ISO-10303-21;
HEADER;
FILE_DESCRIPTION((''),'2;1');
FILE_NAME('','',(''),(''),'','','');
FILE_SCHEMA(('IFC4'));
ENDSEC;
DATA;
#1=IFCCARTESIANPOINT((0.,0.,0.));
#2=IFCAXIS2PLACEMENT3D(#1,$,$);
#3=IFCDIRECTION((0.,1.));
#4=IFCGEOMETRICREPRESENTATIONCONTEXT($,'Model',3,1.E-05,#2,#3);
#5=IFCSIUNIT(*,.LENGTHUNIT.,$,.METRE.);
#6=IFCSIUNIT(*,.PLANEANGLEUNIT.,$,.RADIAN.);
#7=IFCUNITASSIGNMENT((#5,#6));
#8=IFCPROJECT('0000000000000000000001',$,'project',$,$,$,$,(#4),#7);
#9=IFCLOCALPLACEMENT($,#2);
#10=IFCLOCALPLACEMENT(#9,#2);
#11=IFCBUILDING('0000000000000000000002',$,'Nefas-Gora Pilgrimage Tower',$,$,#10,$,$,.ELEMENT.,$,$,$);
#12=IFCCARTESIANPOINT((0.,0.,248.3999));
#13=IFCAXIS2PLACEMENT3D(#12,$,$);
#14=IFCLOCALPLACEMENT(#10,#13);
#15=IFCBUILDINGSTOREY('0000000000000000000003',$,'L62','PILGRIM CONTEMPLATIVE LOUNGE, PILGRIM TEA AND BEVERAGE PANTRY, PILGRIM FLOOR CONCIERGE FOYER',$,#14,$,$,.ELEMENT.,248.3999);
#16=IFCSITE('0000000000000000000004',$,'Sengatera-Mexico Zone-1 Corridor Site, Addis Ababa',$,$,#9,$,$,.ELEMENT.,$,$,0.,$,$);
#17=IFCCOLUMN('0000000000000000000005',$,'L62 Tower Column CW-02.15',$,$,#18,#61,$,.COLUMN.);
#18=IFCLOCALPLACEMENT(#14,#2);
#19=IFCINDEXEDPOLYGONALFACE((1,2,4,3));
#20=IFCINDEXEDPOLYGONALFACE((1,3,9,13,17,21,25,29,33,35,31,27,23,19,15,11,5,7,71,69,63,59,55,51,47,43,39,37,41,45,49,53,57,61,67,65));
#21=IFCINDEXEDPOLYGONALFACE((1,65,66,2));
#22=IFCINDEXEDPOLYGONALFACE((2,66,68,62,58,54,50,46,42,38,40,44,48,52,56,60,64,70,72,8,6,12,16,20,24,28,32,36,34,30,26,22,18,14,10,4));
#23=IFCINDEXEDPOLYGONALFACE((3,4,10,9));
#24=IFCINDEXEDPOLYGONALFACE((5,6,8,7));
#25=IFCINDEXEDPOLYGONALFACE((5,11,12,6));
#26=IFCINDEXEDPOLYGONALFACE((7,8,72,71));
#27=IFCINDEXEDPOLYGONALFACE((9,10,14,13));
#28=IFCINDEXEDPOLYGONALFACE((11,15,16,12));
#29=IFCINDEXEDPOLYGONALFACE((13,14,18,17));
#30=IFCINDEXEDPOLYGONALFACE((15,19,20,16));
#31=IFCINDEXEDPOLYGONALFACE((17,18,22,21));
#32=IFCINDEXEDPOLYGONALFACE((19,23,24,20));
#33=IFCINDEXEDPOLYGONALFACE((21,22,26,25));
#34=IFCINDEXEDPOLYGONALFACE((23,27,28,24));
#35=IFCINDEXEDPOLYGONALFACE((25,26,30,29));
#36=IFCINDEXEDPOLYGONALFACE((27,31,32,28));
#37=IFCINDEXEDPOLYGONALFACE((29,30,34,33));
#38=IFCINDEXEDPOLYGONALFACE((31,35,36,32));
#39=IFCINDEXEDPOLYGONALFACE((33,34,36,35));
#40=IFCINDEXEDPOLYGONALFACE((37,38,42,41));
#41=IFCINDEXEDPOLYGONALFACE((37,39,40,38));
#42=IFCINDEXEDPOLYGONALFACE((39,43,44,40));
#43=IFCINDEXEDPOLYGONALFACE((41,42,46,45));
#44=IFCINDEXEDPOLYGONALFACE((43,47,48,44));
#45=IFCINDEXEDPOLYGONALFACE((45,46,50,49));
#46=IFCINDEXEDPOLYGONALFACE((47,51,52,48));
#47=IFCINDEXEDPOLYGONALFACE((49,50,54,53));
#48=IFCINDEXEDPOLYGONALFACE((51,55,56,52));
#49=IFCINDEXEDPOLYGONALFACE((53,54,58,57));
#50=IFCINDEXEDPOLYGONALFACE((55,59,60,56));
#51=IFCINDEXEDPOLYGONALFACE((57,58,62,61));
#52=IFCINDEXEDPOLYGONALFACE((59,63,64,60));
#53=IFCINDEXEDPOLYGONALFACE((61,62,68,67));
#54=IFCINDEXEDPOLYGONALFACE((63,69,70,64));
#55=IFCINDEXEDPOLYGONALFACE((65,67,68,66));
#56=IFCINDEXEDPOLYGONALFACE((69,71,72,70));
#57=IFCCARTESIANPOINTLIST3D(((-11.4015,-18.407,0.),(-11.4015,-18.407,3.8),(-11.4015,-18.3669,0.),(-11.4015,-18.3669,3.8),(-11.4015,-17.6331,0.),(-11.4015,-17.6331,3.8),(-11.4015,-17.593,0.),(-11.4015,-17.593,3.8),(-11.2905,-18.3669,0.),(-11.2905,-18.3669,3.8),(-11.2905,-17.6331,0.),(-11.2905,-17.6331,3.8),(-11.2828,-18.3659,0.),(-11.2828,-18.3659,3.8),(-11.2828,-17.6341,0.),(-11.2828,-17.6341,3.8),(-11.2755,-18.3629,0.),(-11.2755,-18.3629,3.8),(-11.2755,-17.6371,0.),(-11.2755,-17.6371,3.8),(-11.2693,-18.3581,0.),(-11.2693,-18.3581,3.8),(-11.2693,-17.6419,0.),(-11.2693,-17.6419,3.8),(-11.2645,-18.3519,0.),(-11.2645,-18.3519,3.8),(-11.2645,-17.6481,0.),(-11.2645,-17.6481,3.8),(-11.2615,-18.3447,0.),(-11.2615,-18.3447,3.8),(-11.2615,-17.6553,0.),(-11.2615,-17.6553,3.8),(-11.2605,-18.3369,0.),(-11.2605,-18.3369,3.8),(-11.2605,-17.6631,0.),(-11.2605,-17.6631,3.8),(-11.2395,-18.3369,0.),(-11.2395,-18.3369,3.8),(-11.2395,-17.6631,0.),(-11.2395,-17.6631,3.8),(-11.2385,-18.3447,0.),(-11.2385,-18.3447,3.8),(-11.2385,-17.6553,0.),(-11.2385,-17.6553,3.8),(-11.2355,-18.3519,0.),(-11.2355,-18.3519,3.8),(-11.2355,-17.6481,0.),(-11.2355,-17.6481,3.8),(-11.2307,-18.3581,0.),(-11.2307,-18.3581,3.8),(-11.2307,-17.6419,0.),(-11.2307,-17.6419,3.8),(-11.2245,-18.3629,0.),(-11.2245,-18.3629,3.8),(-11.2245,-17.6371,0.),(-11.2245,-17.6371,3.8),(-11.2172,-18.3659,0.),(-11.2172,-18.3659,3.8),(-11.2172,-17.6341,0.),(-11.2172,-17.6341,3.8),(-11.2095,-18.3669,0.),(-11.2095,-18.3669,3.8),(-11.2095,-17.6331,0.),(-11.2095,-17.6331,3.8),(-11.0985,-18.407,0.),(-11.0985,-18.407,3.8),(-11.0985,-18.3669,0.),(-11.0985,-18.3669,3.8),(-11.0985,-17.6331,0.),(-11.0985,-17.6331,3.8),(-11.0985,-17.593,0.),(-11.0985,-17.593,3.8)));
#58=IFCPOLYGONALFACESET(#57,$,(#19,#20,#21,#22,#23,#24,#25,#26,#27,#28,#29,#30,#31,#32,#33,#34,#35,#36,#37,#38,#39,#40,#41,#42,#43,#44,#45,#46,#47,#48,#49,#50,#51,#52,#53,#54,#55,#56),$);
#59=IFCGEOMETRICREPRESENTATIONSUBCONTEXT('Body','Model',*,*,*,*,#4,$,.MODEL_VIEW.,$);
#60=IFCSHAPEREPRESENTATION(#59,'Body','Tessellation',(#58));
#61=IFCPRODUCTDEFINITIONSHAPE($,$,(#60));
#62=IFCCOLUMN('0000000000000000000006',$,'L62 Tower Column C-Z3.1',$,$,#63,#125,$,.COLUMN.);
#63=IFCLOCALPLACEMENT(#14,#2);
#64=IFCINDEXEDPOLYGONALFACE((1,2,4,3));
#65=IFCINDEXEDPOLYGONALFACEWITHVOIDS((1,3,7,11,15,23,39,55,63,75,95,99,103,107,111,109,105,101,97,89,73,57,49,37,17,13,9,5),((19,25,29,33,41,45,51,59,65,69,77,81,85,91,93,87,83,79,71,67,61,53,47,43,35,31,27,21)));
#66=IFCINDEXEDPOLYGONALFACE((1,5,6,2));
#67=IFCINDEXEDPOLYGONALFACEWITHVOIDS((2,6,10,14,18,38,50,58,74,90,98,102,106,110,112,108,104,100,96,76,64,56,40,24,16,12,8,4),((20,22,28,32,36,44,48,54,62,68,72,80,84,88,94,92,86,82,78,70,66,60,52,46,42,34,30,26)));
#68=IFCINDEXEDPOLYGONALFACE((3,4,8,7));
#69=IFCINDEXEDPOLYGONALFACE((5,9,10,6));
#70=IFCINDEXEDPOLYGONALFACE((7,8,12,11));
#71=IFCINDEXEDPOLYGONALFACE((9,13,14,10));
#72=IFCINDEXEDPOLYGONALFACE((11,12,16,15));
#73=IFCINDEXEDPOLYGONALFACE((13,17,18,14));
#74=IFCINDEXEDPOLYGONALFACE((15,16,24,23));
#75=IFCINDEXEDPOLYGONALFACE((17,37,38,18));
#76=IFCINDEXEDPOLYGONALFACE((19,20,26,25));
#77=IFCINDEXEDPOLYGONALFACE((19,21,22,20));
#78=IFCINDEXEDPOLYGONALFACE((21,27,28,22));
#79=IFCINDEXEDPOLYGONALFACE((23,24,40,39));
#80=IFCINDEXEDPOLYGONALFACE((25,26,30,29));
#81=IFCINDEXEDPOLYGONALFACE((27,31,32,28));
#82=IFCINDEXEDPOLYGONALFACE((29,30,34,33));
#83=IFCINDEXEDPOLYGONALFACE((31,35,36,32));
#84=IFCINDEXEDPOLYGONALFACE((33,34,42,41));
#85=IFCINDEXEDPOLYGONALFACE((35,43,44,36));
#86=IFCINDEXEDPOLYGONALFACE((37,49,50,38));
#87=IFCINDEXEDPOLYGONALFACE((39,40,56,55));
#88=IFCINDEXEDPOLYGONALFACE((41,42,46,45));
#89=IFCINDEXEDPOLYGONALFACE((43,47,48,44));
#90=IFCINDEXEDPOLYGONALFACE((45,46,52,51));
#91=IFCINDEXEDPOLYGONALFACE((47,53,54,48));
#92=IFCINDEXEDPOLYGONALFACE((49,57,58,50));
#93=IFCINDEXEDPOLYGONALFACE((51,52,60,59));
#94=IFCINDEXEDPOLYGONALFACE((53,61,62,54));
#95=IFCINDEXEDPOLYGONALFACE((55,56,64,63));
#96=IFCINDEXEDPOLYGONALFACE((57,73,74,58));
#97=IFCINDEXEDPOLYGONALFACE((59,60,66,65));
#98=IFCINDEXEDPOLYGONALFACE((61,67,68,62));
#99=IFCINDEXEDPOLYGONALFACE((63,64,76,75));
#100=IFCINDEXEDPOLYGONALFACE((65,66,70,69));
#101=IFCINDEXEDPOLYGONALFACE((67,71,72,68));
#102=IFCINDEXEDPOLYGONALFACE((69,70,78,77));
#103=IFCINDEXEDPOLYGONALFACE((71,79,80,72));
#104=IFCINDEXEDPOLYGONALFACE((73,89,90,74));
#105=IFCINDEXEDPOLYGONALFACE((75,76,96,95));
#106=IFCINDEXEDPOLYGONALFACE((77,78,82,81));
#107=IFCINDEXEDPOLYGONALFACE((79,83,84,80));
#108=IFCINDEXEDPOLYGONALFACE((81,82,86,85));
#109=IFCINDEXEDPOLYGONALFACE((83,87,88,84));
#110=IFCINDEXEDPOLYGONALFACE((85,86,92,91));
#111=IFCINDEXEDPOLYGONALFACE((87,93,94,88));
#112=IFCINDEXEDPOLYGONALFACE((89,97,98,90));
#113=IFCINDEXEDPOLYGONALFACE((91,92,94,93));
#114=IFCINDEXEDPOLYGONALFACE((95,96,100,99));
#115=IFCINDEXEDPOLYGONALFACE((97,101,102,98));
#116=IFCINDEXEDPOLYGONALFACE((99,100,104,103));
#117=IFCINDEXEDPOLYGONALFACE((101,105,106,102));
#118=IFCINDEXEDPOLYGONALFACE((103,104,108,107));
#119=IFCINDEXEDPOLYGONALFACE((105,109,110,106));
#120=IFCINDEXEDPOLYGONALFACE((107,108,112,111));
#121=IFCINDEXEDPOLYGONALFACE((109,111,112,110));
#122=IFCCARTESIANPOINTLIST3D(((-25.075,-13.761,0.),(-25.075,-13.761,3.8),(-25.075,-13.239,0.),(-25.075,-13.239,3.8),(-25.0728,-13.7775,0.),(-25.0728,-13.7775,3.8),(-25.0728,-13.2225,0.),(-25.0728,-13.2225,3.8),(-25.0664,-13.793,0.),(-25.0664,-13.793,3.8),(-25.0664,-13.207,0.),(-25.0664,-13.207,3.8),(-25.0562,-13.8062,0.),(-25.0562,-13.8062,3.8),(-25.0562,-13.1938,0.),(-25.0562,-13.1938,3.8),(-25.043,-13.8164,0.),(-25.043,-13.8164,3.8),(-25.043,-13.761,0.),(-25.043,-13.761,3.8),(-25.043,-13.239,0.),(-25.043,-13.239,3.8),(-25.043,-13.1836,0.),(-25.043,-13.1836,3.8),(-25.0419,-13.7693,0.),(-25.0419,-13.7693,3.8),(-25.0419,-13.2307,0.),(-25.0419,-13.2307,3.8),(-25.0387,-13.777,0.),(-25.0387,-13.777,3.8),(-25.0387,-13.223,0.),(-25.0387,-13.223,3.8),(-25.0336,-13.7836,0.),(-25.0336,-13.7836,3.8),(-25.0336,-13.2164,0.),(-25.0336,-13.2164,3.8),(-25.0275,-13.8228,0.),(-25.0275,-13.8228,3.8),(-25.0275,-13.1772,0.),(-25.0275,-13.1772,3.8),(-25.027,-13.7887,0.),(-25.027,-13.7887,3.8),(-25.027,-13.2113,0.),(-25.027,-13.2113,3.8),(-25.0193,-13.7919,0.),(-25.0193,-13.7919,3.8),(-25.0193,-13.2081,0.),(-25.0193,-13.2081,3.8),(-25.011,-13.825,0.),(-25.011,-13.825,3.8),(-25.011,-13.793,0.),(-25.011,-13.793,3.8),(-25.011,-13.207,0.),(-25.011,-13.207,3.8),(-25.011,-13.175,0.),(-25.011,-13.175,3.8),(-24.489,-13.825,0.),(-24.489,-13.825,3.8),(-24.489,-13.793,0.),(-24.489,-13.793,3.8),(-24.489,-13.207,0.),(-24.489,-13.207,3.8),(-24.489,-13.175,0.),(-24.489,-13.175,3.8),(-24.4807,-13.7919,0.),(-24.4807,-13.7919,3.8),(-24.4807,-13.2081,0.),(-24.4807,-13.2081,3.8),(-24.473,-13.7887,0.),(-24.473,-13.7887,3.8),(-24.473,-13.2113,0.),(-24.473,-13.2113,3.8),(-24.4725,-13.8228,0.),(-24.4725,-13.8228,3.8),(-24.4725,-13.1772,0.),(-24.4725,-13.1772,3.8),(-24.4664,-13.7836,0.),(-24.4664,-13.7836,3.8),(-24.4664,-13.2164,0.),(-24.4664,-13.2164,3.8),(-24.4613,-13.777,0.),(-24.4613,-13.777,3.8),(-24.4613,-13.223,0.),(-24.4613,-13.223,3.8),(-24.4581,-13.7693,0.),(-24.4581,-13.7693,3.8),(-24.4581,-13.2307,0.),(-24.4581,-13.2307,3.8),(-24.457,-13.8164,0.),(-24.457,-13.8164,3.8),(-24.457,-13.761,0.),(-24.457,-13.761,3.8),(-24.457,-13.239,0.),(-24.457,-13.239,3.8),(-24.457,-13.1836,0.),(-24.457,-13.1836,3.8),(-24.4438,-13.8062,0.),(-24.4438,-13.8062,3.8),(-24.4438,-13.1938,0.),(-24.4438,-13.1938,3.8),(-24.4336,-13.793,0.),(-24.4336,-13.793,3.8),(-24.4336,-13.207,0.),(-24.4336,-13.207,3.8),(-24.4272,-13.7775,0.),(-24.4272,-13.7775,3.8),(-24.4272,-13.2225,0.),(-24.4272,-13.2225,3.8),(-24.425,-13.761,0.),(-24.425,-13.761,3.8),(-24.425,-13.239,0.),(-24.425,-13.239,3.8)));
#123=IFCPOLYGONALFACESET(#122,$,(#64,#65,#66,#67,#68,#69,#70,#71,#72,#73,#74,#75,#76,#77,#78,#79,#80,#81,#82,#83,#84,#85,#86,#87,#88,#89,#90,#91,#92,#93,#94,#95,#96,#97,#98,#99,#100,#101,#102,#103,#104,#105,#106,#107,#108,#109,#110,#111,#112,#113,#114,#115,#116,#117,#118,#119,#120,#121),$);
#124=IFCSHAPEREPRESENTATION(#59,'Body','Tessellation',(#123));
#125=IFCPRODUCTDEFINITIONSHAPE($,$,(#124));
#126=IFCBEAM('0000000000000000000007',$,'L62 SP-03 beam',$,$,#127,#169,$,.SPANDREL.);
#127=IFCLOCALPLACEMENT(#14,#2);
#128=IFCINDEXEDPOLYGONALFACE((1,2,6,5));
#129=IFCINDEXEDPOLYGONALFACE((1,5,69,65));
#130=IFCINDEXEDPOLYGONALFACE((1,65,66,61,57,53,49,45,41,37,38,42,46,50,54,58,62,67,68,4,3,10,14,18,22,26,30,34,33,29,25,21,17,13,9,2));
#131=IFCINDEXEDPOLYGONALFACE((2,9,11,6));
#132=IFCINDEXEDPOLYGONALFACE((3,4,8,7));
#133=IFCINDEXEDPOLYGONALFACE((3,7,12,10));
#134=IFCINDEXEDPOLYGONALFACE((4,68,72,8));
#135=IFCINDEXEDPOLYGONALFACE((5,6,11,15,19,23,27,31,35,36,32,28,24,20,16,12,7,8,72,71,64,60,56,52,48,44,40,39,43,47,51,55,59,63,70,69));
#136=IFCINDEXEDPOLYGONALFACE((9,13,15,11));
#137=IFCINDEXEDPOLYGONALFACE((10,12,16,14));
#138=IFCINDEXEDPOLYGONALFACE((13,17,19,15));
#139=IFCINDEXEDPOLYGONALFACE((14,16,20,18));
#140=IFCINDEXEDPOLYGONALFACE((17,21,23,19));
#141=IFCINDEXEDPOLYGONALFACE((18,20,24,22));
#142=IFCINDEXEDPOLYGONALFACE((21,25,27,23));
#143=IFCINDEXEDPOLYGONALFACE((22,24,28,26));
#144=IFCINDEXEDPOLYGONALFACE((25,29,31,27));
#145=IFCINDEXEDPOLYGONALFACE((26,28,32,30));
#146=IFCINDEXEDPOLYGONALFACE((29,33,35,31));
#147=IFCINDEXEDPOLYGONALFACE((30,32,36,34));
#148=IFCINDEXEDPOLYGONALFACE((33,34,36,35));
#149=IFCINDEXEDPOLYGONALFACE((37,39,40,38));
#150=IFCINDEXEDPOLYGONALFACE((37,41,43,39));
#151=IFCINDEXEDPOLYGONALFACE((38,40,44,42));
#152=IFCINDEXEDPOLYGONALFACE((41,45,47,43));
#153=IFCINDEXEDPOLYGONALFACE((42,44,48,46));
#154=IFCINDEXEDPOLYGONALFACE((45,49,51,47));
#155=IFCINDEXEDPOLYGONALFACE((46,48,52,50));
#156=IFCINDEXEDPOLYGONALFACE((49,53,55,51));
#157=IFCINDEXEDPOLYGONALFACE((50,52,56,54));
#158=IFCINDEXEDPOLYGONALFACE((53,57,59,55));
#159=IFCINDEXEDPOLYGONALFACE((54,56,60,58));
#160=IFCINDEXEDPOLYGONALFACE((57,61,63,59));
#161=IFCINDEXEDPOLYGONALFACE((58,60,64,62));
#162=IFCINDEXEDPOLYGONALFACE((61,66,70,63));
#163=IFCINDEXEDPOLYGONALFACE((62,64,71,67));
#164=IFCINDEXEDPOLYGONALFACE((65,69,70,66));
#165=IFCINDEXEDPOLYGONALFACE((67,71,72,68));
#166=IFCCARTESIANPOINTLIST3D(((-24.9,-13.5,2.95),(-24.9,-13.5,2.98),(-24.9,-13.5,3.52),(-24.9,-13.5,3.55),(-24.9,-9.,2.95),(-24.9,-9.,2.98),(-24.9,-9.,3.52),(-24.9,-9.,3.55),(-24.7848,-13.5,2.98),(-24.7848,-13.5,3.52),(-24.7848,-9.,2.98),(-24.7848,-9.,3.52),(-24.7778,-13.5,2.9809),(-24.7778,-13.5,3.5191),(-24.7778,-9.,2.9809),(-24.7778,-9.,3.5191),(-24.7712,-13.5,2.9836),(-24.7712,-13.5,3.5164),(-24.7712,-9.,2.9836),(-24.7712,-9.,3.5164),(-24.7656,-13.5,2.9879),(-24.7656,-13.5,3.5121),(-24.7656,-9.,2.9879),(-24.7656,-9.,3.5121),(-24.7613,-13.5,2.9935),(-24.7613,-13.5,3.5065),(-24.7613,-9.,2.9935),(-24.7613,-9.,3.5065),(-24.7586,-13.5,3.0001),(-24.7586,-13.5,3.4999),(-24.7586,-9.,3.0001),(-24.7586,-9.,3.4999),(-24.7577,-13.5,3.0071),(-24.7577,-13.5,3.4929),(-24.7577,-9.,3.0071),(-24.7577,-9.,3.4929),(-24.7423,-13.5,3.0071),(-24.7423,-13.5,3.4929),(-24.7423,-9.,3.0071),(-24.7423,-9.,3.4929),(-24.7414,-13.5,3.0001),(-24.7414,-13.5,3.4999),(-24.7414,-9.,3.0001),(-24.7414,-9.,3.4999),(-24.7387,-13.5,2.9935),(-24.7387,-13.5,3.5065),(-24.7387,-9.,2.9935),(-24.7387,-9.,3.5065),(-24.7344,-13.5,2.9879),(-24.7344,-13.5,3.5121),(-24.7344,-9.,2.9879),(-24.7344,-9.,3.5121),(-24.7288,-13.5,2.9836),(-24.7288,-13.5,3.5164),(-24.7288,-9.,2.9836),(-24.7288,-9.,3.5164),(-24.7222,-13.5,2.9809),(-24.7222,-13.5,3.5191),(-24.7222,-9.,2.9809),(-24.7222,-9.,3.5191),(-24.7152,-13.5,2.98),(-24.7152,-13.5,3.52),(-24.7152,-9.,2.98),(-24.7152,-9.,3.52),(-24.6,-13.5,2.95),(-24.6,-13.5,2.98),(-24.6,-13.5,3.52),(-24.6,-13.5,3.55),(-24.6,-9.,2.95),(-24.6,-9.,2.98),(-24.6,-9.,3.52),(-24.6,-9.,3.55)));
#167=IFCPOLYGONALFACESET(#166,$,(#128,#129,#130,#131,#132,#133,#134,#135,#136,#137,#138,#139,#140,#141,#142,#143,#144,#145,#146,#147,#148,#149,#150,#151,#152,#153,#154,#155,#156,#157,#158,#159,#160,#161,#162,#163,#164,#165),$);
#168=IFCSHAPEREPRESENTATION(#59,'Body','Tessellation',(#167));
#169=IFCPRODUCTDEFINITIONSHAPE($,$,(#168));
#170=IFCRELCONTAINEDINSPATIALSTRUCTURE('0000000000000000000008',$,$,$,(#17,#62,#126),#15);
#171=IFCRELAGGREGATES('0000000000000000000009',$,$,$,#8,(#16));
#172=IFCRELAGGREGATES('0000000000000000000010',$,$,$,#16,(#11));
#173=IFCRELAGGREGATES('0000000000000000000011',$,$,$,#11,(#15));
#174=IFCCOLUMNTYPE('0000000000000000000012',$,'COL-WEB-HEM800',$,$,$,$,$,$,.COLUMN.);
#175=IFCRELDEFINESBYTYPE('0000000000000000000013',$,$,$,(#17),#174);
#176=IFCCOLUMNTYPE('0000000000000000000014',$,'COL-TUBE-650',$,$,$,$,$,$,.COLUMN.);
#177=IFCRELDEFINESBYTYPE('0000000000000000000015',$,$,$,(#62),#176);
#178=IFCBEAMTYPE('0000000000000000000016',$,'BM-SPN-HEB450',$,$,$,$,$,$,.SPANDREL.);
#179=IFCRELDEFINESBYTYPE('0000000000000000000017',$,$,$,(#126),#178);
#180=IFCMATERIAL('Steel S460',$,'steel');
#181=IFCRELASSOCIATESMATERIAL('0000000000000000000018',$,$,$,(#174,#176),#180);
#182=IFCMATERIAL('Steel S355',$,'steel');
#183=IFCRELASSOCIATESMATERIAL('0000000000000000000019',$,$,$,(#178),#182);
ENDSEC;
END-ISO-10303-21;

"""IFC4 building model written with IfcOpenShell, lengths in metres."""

from ifc_helpers import new_model, si_unit, direction, frame, origin, origin_2d, place, context, subcontext, project, spatial, hollow_rectangle, i_section, extrude, source, transform, mapped, material, material_profile, profile_set, type_object, element, save


model = new_model("IFC4")

# Units and contexts
model_context = context("Model", 3, precision=1e-05, world=origin(), true_north=direction((0.0, 1.0)))
body_context = subcontext(model_context, "Body", "Model", "MODEL_VIEW")
ifc_project = project(units=[si_unit("LENGTHUNIT", "METRE"), si_unit("PLANEANGLEUNIT", "RADIAN")], contexts=[model_context])

# Site, building, storey
site_placement = place(None, origin())
site = spatial("IfcSite", under=ifc_project, at=site_placement, Name="Sengatera-Mexico Zone-1 Corridor Site, Addis Ababa", CompositionType="ELEMENT", RefElevation=0.0)
building_placement = place(site_placement, origin())
building = spatial("IfcBuilding", under=site, at=building_placement, Name="Nefas-Gora Pilgrimage Tower", CompositionType="ELEMENT")
storey_placement = place(building_placement, frame((0.0, 0.0, 248.3999)))
storey = spatial("IfcBuildingStorey", under=building, at=storey_placement, Name="L62", Description="PILGRIM CONTEMPLATIVE LOUNGE, PILGRIM TEA AND BEVERAGE PANTRY, PILGRIM FLOOR CONCIERGE FOYER", CompositionType="ELEMENT", Elevation=248.3999)

# Columns
ifc_material_1 = material(Name="Steel S460", Category="steel")
ifc_material_profile_1 = material_profile(ifc_material_1, i_section(OverallWidth=0.303, OverallDepth=0.814, WebThickness=0.021, FlangeThickness=0.04, FilletRadius=0.03, at=origin_2d()), Name="HEM 800")
ifc_profile_set_1 = profile_set([ifc_material_profile_1], Name="Steel S460")
column_type_1 = type_object("IfcColumnType", Name="COL-WEB-HEM800", PredefinedType="COLUMN", material=ifc_profile_set_1)
shared_shape_1 = source(origin(), body_context, "Body", "SweptSolid", [
    extrude(i_section(OverallWidth=0.303, OverallDepth=0.814, WebThickness=0.021, FlangeThickness=0.04, FilletRadius=0.03, at=origin_2d()), origin(), (0.0, 0.0, 1.0), 3.8),
])
column_1_placement = place(storey_placement, frame((-11.25, -18.0, 0.0), z_axis=(0.0, 0.0, 1.0), x_axis=(1.0, 0.0, 0.0)))
element("IfcColumn", 1, at=column_1_placement, inside=storey, type_object=column_type_1, Name="L62 Tower Column CW-02.15", PredefinedType="COLUMN", context=body_context, shape_type="MappedRepresentation", body=[
    mapped(shared_shape_1, transform((0.0, 0.0, 0.0), x_axis=(1.0, 0.0, 0.0), y_axis=(0.0, 1.0, 0.0), z_axis=(0.0, 0.0, 1.0), scale=1.0)),
])
ifc_material_profile_2 = material_profile(ifc_material_1, hollow_rectangle(XDim=0.6499, YDim=0.6499, WallThickness=0.032, InnerFilletRadius=0.032, OuterFilletRadius=0.064, at=origin_2d()), Name="BOX 650x650x32")
ifc_profile_set_2 = profile_set([ifc_material_profile_2], Name="Steel S460")
column_type_2 = type_object("IfcColumnType", Name="COL-TUBE-650", PredefinedType="COLUMN", material=ifc_profile_set_2)
shared_shape_2 = source(origin(), body_context, "Body", "SweptSolid", [
    extrude(hollow_rectangle(XDim=0.6499, YDim=0.6499, WallThickness=0.032, InnerFilletRadius=0.032, OuterFilletRadius=0.064, at=origin_2d()), origin(), (0.0, 0.0, 1.0), 3.8),
])
column_2_placement = place(storey_placement, frame((-24.75, -13.5, 0.0), z_axis=(0.0, 0.0, 1.0), x_axis=(1.0, 0.0, 0.0)))
element("IfcColumn", 2, at=column_2_placement, inside=storey, type_object=column_type_2, Name="L62 Tower Column C-Z3.1", PredefinedType="COLUMN", context=body_context, shape_type="MappedRepresentation", body=[
    mapped(shared_shape_2, transform((0.0, 0.0, 0.0), x_axis=(1.0, 0.0, 0.0), y_axis=(0.0, 1.0, 0.0), z_axis=(0.0, 0.0, 1.0), scale=1.0)),
])

# Beam
ifc_material_2 = material(Name="Steel S355", Category="steel")
ifc_material_profile_3 = material_profile(ifc_material_2, i_section(OverallWidth=0.3, OverallDepth=0.6001, WebThickness=0.0154, FlangeThickness=0.03, FilletRadius=0.0271, at=origin_2d()), Name="HEB 600")
ifc_profile_set_3 = profile_set([ifc_material_profile_3], Name="Steel S355")
beam_type_1 = type_object("IfcBeamType", Name="BM-SPN-HEB450", PredefinedType="SPANDREL", material=ifc_profile_set_3)
shared_shape_3 = source(origin(), body_context, "Body", "SweptSolid", [
    extrude(i_section(OverallWidth=0.3, OverallDepth=0.6001, WebThickness=0.0154, FlangeThickness=0.03, FilletRadius=0.0271, at=origin_2d()), origin(), (0.0, 0.0, 1.0), 4.5),
])
beam_1_placement = place(storey_placement, frame((-24.75, -13.5, 3.25), z_axis=(0.0, 1.0, 0.0), x_axis=(-1.0, 0.0, 0.0)))
element("IfcBeam", 3, at=beam_1_placement, inside=storey, type_object=beam_type_1, Name="L62 SP-03 beam", PredefinedType="SPANDREL", context=body_context, shape_type="MappedRepresentation", body=[
    mapped(shared_shape_3, transform((0.0, 0.0, 0.0), x_axis=(1.0, 0.0, 0.0), y_axis=(0.0, 1.0, 0.0), z_axis=(0.0, 0.0, 1.0), scale=1.0)),
])

save(model, "model.ifc")
